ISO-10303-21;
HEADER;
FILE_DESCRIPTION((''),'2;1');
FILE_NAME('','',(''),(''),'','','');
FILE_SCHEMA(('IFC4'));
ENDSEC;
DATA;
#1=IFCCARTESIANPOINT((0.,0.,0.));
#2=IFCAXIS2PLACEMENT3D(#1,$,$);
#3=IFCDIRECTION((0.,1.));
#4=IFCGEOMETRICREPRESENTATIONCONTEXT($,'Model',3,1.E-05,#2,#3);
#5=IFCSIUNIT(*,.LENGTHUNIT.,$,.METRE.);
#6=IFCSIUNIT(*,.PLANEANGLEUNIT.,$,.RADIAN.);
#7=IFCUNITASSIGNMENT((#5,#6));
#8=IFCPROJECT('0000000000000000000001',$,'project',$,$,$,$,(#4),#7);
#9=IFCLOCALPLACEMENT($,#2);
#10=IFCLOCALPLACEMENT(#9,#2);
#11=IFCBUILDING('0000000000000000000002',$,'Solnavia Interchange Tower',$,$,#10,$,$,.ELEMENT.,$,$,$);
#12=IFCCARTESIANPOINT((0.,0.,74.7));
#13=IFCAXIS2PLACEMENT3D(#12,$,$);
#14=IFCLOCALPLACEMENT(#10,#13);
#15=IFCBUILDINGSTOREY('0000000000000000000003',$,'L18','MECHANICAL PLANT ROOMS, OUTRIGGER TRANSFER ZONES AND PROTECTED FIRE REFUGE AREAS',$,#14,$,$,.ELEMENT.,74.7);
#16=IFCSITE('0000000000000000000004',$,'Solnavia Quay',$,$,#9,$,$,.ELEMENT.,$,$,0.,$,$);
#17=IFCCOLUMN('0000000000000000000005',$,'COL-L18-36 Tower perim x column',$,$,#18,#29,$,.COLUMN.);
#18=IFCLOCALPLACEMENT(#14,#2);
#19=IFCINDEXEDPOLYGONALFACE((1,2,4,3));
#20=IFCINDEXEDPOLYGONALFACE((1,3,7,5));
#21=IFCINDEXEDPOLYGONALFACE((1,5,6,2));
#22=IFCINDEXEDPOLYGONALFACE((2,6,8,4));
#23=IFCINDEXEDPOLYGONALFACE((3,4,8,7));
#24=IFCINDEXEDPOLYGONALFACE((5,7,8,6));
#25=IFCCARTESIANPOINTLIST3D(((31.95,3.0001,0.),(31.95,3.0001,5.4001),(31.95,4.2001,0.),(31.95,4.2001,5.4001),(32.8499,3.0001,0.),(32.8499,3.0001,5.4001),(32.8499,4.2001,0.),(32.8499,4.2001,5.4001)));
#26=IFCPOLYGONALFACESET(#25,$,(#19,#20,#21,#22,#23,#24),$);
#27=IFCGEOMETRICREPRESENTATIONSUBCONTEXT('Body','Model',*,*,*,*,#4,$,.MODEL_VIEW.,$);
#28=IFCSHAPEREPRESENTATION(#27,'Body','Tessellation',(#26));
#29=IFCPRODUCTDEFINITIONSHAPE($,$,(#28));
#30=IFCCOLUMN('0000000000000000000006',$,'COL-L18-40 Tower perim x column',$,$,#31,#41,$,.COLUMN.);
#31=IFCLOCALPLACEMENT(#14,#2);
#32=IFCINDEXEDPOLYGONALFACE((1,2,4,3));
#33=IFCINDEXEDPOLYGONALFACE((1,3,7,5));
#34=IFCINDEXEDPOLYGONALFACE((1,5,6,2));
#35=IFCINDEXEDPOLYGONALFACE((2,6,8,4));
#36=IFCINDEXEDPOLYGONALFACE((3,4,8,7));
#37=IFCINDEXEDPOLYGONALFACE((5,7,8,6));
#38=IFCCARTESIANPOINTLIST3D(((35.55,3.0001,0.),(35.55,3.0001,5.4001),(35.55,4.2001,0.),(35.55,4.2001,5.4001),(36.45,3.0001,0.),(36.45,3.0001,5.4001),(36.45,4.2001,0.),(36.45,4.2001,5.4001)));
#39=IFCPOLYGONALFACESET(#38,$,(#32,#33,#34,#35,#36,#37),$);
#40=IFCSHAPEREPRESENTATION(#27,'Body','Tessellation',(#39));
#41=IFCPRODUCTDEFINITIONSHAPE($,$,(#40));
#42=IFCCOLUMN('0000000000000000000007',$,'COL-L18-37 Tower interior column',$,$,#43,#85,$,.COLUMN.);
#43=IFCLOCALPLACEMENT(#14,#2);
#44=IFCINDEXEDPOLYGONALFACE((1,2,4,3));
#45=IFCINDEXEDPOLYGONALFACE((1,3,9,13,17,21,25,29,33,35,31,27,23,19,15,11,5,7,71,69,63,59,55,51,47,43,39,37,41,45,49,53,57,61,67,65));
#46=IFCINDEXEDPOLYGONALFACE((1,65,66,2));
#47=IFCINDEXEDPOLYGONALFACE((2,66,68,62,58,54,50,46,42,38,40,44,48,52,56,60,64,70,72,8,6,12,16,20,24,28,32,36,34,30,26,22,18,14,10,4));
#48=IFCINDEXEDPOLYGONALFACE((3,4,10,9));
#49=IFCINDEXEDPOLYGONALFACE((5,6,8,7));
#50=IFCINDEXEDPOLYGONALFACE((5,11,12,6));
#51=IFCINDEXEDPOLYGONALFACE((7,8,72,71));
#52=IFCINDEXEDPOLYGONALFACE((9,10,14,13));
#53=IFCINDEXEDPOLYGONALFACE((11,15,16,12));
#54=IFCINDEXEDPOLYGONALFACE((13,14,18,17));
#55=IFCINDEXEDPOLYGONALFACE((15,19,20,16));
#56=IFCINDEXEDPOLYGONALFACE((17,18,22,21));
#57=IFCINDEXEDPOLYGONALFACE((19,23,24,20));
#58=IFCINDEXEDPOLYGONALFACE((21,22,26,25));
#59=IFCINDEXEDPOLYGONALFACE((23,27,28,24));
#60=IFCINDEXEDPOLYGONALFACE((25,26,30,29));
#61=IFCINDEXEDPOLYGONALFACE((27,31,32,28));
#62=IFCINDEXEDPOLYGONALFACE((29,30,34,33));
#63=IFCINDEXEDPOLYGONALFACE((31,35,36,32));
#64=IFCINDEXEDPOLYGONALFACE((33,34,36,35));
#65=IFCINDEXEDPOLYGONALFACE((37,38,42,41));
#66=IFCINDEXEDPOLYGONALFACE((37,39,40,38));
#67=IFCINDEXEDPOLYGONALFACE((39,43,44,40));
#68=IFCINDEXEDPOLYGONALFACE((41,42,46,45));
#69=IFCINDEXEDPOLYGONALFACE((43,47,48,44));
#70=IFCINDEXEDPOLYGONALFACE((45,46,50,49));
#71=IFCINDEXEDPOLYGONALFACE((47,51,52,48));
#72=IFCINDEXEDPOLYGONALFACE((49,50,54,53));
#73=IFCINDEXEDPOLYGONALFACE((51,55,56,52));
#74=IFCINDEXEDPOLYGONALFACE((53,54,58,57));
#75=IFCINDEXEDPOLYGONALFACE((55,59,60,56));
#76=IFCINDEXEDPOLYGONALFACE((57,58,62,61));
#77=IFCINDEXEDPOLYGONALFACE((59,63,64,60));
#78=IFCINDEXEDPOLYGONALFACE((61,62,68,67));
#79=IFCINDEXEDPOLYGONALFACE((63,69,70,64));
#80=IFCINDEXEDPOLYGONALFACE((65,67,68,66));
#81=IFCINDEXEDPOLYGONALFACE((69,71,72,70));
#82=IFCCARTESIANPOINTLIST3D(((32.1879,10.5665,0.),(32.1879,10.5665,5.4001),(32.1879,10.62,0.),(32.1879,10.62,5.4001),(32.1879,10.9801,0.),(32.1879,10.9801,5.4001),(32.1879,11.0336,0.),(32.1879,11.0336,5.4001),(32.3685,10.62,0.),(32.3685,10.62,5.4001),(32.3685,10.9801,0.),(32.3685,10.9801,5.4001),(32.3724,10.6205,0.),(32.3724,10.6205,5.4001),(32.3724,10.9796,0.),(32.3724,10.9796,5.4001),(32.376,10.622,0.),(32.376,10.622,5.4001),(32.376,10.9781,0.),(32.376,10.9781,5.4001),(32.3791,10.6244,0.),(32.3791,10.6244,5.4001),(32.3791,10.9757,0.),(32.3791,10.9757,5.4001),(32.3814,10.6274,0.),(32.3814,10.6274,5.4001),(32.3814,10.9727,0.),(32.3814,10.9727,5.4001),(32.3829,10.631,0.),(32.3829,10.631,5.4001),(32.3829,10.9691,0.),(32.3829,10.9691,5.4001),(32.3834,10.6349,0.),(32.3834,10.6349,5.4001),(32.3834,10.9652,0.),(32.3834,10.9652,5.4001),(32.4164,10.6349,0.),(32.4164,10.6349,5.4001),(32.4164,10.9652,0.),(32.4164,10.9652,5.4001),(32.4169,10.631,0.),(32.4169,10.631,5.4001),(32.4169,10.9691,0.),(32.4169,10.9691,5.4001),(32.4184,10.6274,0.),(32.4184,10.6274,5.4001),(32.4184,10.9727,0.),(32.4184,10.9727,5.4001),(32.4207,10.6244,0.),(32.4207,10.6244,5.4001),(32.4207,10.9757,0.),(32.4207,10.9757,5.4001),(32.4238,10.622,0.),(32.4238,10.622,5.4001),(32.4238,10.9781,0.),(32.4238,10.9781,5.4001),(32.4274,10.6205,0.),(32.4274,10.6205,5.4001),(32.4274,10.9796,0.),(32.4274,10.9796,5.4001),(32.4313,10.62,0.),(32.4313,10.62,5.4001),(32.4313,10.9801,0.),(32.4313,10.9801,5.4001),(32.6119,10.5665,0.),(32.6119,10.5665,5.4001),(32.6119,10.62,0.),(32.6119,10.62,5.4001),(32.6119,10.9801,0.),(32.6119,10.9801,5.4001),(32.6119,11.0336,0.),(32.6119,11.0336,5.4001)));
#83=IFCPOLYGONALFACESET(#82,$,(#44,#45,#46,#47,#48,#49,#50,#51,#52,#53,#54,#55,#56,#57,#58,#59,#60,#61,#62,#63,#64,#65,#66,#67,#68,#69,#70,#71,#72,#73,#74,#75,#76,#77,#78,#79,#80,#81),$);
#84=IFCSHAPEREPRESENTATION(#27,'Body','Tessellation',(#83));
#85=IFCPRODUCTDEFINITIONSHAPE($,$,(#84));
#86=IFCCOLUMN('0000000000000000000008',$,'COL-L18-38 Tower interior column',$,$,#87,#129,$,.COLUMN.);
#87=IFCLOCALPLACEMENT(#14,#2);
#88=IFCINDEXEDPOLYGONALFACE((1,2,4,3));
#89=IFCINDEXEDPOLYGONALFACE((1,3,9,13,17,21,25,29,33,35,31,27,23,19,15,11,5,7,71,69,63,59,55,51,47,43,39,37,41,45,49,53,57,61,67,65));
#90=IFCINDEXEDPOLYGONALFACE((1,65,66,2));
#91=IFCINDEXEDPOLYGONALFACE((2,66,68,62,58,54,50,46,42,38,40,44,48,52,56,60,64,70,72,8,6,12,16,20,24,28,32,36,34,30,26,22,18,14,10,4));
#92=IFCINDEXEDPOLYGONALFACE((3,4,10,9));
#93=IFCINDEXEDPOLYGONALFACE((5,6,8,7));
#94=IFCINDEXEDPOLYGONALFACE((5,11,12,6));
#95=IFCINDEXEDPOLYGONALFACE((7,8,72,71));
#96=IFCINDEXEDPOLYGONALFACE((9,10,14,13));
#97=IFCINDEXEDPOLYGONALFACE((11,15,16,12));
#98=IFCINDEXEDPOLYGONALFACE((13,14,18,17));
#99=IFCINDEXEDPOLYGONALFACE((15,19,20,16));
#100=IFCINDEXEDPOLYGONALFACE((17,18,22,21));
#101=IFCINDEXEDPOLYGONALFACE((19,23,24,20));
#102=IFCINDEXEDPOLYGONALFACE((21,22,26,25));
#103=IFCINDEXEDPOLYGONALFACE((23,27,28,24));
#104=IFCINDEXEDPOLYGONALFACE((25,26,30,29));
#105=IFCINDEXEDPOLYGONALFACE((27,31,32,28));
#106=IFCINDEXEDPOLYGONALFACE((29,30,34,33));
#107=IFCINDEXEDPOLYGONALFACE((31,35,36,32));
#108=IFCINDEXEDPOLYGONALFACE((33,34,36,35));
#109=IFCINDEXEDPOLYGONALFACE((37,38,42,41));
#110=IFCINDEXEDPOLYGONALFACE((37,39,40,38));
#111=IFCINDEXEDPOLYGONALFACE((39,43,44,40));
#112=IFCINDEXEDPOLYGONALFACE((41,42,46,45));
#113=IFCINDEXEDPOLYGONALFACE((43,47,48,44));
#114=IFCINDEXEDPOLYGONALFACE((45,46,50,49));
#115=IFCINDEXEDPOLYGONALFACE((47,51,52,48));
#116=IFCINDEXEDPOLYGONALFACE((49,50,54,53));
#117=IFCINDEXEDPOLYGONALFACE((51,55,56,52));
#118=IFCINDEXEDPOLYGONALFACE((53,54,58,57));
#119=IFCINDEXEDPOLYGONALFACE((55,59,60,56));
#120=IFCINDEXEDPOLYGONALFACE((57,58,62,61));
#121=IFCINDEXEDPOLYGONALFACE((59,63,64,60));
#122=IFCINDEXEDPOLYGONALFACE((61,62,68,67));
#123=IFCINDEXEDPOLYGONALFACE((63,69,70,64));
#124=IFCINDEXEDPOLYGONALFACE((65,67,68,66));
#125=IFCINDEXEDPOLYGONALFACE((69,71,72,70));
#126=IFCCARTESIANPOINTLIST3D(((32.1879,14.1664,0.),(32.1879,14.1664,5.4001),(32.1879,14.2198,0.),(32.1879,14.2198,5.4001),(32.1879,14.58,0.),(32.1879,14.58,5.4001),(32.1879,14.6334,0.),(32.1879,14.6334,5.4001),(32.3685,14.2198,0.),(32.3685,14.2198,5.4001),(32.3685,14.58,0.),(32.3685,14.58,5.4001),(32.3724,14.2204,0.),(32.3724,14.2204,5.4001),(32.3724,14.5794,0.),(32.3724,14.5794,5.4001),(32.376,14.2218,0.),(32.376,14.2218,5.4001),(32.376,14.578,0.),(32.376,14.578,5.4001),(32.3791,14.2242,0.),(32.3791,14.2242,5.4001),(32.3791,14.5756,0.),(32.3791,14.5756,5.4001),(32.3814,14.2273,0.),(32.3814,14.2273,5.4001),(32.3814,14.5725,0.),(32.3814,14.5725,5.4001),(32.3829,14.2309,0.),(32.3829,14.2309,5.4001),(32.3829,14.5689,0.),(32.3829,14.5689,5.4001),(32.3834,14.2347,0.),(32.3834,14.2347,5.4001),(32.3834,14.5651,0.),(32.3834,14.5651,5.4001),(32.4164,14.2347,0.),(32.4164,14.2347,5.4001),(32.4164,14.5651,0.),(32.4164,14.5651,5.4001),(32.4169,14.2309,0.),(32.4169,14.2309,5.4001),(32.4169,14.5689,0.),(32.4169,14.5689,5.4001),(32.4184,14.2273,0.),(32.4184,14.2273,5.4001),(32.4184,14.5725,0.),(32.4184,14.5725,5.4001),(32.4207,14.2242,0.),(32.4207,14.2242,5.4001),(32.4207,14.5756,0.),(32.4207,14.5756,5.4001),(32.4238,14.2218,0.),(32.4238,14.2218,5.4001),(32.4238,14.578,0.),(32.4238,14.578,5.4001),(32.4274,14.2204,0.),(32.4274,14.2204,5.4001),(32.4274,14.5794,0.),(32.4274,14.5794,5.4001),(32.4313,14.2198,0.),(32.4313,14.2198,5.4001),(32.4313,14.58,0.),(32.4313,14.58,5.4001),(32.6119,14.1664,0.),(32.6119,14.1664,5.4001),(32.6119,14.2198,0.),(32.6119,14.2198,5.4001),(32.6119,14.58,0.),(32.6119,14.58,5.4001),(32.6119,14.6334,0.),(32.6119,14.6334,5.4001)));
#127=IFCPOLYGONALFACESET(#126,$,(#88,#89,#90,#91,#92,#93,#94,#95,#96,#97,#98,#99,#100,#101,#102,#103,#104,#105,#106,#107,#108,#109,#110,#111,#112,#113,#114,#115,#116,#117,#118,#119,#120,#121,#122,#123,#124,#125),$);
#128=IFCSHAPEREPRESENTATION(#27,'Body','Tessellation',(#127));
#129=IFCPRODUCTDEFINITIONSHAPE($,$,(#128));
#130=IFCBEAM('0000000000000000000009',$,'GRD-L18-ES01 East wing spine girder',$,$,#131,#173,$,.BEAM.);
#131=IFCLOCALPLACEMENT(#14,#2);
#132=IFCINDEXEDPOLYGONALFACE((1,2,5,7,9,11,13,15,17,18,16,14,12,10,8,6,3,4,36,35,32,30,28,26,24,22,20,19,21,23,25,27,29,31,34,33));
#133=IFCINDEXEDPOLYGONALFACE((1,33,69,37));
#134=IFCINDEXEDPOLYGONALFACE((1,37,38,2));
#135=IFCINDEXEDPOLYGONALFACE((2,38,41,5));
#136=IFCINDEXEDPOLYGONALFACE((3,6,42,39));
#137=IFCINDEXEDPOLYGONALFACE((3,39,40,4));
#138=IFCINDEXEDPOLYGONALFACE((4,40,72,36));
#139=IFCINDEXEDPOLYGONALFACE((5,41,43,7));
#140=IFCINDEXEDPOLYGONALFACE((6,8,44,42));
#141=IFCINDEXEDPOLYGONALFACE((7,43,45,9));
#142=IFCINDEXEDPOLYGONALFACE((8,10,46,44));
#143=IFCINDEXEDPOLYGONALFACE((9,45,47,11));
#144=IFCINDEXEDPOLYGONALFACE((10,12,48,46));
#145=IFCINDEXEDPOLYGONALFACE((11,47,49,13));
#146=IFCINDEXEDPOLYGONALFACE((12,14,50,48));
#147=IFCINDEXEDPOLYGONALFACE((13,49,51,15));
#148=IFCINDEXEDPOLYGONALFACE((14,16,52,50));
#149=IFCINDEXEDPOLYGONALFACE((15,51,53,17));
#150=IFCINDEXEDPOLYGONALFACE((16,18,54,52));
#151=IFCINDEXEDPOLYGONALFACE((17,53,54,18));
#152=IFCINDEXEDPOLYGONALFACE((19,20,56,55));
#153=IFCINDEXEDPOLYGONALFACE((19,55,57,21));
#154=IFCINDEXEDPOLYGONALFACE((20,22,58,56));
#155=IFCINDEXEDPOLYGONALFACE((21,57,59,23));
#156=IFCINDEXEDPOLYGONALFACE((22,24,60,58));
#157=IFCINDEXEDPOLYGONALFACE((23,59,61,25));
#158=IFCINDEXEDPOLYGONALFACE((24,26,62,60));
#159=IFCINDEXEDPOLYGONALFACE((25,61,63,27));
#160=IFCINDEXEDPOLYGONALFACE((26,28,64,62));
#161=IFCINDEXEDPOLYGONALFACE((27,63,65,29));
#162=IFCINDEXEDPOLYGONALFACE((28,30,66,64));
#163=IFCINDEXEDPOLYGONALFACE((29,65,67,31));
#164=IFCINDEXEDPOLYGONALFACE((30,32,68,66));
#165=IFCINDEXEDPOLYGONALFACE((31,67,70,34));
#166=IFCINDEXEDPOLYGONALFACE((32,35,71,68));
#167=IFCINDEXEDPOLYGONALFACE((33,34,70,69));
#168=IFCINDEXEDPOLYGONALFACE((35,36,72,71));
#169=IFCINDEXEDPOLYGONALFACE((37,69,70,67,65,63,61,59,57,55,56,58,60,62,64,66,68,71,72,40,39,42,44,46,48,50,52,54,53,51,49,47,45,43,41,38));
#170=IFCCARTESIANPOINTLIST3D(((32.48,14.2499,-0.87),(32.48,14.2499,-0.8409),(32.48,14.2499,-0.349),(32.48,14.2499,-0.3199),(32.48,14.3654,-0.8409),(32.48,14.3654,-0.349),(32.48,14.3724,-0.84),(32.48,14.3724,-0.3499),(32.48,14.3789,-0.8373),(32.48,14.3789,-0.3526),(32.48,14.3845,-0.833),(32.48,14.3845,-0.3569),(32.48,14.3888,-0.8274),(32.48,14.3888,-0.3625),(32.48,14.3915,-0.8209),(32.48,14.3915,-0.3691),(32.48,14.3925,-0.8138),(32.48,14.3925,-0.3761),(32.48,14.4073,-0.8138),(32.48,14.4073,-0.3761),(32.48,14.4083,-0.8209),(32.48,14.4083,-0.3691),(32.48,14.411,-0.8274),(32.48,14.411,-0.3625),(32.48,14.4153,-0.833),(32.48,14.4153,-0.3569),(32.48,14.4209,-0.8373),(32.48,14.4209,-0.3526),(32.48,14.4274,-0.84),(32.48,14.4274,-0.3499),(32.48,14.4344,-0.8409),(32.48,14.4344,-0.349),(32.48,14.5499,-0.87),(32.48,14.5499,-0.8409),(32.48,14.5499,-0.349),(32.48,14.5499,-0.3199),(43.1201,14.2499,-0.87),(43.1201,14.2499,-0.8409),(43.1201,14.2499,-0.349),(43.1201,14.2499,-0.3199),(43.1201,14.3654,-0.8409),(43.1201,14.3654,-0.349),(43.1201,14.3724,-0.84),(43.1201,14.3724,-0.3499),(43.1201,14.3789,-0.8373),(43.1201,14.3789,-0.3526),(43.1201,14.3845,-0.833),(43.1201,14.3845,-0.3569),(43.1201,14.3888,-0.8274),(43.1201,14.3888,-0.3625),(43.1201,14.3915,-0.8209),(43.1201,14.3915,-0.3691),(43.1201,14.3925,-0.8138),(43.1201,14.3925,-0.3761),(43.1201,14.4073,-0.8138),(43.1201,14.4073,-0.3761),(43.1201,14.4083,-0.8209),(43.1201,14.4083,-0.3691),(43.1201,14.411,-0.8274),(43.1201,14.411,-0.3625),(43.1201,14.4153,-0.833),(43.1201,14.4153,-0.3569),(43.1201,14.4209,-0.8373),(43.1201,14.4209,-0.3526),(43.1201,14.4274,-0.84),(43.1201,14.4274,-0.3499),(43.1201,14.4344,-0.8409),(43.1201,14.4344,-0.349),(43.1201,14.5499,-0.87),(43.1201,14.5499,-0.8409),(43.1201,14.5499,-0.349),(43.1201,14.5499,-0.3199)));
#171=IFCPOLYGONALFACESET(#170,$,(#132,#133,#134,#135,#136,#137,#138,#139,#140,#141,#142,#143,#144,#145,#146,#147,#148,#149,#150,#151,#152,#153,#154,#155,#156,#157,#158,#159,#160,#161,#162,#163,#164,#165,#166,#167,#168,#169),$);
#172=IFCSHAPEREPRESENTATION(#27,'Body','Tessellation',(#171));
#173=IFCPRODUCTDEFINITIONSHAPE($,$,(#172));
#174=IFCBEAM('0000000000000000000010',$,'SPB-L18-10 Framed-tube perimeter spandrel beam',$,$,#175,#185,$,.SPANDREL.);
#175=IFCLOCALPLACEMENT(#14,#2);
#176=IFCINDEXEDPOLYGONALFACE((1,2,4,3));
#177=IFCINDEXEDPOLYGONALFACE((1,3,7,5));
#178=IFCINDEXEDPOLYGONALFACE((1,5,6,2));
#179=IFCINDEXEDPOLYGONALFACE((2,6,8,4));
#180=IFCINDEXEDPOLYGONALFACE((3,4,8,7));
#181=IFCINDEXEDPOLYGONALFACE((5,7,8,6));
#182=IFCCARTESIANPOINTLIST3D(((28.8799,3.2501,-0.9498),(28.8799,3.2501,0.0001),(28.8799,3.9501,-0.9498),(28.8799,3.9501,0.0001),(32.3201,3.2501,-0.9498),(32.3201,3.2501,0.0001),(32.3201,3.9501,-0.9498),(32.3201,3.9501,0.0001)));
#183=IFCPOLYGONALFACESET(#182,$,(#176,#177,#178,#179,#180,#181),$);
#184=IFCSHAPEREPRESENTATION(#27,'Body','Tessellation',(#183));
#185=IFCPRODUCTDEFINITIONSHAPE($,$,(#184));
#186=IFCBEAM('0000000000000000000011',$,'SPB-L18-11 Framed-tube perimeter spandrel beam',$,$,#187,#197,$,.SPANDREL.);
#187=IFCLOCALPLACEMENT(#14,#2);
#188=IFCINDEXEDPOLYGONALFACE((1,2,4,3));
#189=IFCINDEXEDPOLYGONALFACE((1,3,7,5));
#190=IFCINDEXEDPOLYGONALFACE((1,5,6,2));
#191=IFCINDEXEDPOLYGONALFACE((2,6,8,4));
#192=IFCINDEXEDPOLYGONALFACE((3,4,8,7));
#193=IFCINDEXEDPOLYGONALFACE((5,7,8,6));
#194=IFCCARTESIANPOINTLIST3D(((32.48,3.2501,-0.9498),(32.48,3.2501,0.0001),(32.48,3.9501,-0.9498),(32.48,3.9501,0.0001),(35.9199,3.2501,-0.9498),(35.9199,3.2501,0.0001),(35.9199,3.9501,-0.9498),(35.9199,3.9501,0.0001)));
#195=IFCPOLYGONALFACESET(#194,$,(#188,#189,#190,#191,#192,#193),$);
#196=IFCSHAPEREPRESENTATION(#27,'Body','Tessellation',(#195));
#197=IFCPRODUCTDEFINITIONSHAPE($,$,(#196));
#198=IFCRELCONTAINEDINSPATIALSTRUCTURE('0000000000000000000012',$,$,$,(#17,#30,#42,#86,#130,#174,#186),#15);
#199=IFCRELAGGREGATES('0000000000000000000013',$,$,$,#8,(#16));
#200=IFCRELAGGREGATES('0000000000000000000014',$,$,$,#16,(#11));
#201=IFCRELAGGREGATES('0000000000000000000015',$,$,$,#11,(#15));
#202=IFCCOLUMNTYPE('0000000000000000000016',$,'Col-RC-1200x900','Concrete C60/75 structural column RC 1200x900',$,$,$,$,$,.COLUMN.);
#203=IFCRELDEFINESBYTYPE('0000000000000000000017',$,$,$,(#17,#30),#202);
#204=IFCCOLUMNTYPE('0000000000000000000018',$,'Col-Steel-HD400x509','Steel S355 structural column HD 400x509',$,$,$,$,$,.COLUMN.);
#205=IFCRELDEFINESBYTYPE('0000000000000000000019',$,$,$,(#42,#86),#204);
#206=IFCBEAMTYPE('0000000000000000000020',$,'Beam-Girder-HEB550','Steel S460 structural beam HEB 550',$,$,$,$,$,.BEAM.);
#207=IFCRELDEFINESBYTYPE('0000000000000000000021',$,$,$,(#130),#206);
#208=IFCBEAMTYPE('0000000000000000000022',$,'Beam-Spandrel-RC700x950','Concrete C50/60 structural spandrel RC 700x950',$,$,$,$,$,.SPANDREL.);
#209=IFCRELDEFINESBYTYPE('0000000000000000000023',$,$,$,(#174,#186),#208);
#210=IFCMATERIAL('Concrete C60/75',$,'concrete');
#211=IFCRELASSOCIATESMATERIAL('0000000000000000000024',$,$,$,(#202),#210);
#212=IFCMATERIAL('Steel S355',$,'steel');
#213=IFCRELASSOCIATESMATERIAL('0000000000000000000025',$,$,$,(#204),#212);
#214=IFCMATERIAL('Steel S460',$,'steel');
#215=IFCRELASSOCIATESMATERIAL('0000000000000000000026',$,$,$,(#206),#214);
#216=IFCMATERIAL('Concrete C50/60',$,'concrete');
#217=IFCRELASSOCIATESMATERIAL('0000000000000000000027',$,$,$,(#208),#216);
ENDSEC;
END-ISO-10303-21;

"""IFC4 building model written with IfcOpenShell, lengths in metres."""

from ifc_helpers import new_model, si_unit, direction, frame, origin, origin_2d, place, context, subcontext, project, spatial, rectangle, i_section, extrude, material, material_profile, profile_set, type_object, element, save


model = new_model("IFC4")

# Units and contexts
model_context = context("Model", 3, precision=1e-05, world=origin(), true_north=direction((0.0, 1.0)))
body_context = subcontext(model_context, "Body", "Model", "MODEL_VIEW")
ifc_project = project(units=[si_unit("LENGTHUNIT", "METRE"), si_unit("PLANEANGLEUNIT", "RADIAN")], contexts=[model_context])

# Site, building, storey
site_placement = place(None, origin())
site = spatial("IfcSite", under=ifc_project, at=site_placement, Name="Solnavia Quay", CompositionType="ELEMENT", RefElevation=0.0)
building_placement = place(site_placement, origin())
building = spatial("IfcBuilding", under=site, at=building_placement, Name="Solnavia Interchange Tower", CompositionType="ELEMENT")
storey_placement = place(building_placement, frame((0.0, 0.0, 74.7)))
storey = spatial("IfcBuildingStorey", under=building, at=storey_placement, Name="L18", Description="MECHANICAL PLANT ROOMS, OUTRIGGER TRANSFER ZONES AND PROTECTED FIRE REFUGE AREAS", CompositionType="ELEMENT", Elevation=74.7)

# Columns
ifc_material_1 = material(Name="Concrete C60/75", Category="concrete")
ifc_material_profile_1 = material_profile(ifc_material_1, rectangle(XDim=0.8999, YDim=1.2, at=origin_2d()), Name="RC 1200x900")
ifc_profile_set_1 = profile_set([ifc_material_profile_1], Name="Concrete C60/75")
column_type_1 = type_object("IfcColumnType", Name="Col-RC-1200x900", Description="Concrete C60/75 structural column RC 1200x900", PredefinedType="COLUMN", material=ifc_profile_set_1)
for number, where, z_axis, x_axis, name in (
    (1, (32.3999, 3.6001, 0.0), (0.0, 0.0, 1.0), (1.0, 0.0, 0.0), "COL-L18-36 Tower perim x column"),
    (2, (36.0, 3.6001, 0.0), (0.0, 0.0, 1.0), (1.0, 0.0, 0.0), "COL-L18-40 Tower perim x column"),
):
    element("IfcColumn", number, at=place(storey_placement, frame(where, z_axis=z_axis, x_axis=x_axis)), inside=storey, type_object=column_type_1, Name=name, PredefinedType="COLUMN", context=body_context, shape_type="SweptSolid", body=[
        extrude(rectangle(XDim=0.8999, YDim=1.2, at=origin_2d()), origin(), (0.0, 0.0, 1.0), 5.4001),
    ])
ifc_material_2 = material(Name="Steel S355", Category="steel")
ifc_material_profile_2 = material_profile(ifc_material_2, i_section(OverallWidth=0.4241, OverallDepth=0.467, WebThickness=0.033, FlangeThickness=0.0535, FilletRadius=0.0149, at=origin_2d()), Name="HD 400x509")
ifc_profile_set_2 = profile_set([ifc_material_profile_2], Name="Steel S355")
column_type_2 = type_object("IfcColumnType", Name="Col-Steel-HD400x509", Description="Steel S355 structural column HD 400x509", PredefinedType="COLUMN", material=ifc_profile_set_2)
for number, where, z_axis, x_axis, name in (
    (3, (32.3999, 10.8, 0.0), (0.0, 0.0, 1.0), (1.0, 0.0, 0.0), "COL-L18-37 Tower interior column"),
    (4, (32.3999, 14.3999, 0.0), (0.0, 0.0, 1.0), (1.0, 0.0, 0.0), "COL-L18-38 Tower interior column"),
):
    element("IfcColumn", number, at=place(storey_placement, frame(where, z_axis=z_axis, x_axis=x_axis)), inside=storey, type_object=column_type_2, Name=name, PredefinedType="COLUMN", context=body_context, shape_type="SweptSolid", body=[
        extrude(i_section(OverallWidth=0.4241, OverallDepth=0.467, WebThickness=0.033, FlangeThickness=0.0535, FilletRadius=0.0149, at=origin_2d()), origin(), (0.0, 0.0, 1.0), 5.4001),
    ])

# Beams
ifc_material_3 = material(Name="Steel S460", Category="steel")
ifc_material_profile_3 = material_profile(ifc_material_3, i_section(OverallWidth=0.3, OverallDepth=0.55, WebThickness=0.0149, FlangeThickness=0.0291, FilletRadius=0.0271, at=origin_2d()), Name="HEB 550")
ifc_profile_set_3 = profile_set([ifc_material_profile_3], Name="Steel S460")
beam_type_1 = type_object("IfcBeamType", Name="Beam-Girder-HEB550", Description="Steel S460 structural beam HEB 550", PredefinedType="BEAM", material=ifc_profile_set_3)
beam_1_placement = place(storey_placement, frame((32.48, 14.3999, -0.595), z_axis=(1.0, 0.0, 0.0), x_axis=(0.0, 1.0, 0.0)))
element("IfcBeam", 5, at=beam_1_placement, inside=storey, type_object=beam_type_1, Name="GRD-L18-ES01 East wing spine girder", PredefinedType="BEAM", context=body_context, shape_type="SweptSolid", body=[
    extrude(i_section(OverallWidth=0.3, OverallDepth=0.55, WebThickness=0.0149, FlangeThickness=0.0291, FilletRadius=0.0271, at=origin_2d()), origin(), (0.0, 0.0, 1.0), 10.6401),
])
ifc_material_4 = material(Name="Concrete C50/60", Category="concrete")
ifc_material_profile_4 = material_profile(ifc_material_4, rectangle(XDim=0.7, YDim=0.95, at=origin_2d()), Name="RC 700x950")
ifc_profile_set_4 = profile_set([ifc_material_profile_4], Name="Concrete C50/60")
beam_type_2 = type_object("IfcBeamType", Name="Beam-Spandrel-RC700x950", Description="Concrete C50/60 structural spandrel RC 700x950", PredefinedType="SPANDREL", material=ifc_profile_set_4)
beam_2_placement = place(storey_placement, frame((28.8799, 3.6001, -0.4749), z_axis=(1.0, 0.0, 0.0), x_axis=(0.0, 1.0, 0.0)))
element("IfcBeam", 6, at=beam_2_placement, inside=storey, type_object=beam_type_2, Name="SPB-L18-10 Framed-tube perimeter spandrel beam", PredefinedType="SPANDREL", context=body_context, shape_type="SweptSolid", body=[
    extrude(rectangle(XDim=0.7, YDim=0.95, at=origin_2d()), origin(), (0.0, 0.0, 1.0), 3.4402),
])
beam_3_placement = place(storey_placement, frame((32.48, 3.6001, -0.4749), z_axis=(1.0, 0.0, 0.0), x_axis=(0.0, 1.0, 0.0)))
element("IfcBeam", 7, at=beam_3_placement, inside=storey, type_object=beam_type_2, Name="SPB-L18-11 Framed-tube perimeter spandrel beam", PredefinedType="SPANDREL", context=body_context, shape_type="SweptSolid", body=[
    extrude(rectangle(XDim=0.7, YDim=0.95, at=origin_2d()), origin(), (0.0, 0.0, 1.0), 3.4399),
])

save(model, "model.ifc")
